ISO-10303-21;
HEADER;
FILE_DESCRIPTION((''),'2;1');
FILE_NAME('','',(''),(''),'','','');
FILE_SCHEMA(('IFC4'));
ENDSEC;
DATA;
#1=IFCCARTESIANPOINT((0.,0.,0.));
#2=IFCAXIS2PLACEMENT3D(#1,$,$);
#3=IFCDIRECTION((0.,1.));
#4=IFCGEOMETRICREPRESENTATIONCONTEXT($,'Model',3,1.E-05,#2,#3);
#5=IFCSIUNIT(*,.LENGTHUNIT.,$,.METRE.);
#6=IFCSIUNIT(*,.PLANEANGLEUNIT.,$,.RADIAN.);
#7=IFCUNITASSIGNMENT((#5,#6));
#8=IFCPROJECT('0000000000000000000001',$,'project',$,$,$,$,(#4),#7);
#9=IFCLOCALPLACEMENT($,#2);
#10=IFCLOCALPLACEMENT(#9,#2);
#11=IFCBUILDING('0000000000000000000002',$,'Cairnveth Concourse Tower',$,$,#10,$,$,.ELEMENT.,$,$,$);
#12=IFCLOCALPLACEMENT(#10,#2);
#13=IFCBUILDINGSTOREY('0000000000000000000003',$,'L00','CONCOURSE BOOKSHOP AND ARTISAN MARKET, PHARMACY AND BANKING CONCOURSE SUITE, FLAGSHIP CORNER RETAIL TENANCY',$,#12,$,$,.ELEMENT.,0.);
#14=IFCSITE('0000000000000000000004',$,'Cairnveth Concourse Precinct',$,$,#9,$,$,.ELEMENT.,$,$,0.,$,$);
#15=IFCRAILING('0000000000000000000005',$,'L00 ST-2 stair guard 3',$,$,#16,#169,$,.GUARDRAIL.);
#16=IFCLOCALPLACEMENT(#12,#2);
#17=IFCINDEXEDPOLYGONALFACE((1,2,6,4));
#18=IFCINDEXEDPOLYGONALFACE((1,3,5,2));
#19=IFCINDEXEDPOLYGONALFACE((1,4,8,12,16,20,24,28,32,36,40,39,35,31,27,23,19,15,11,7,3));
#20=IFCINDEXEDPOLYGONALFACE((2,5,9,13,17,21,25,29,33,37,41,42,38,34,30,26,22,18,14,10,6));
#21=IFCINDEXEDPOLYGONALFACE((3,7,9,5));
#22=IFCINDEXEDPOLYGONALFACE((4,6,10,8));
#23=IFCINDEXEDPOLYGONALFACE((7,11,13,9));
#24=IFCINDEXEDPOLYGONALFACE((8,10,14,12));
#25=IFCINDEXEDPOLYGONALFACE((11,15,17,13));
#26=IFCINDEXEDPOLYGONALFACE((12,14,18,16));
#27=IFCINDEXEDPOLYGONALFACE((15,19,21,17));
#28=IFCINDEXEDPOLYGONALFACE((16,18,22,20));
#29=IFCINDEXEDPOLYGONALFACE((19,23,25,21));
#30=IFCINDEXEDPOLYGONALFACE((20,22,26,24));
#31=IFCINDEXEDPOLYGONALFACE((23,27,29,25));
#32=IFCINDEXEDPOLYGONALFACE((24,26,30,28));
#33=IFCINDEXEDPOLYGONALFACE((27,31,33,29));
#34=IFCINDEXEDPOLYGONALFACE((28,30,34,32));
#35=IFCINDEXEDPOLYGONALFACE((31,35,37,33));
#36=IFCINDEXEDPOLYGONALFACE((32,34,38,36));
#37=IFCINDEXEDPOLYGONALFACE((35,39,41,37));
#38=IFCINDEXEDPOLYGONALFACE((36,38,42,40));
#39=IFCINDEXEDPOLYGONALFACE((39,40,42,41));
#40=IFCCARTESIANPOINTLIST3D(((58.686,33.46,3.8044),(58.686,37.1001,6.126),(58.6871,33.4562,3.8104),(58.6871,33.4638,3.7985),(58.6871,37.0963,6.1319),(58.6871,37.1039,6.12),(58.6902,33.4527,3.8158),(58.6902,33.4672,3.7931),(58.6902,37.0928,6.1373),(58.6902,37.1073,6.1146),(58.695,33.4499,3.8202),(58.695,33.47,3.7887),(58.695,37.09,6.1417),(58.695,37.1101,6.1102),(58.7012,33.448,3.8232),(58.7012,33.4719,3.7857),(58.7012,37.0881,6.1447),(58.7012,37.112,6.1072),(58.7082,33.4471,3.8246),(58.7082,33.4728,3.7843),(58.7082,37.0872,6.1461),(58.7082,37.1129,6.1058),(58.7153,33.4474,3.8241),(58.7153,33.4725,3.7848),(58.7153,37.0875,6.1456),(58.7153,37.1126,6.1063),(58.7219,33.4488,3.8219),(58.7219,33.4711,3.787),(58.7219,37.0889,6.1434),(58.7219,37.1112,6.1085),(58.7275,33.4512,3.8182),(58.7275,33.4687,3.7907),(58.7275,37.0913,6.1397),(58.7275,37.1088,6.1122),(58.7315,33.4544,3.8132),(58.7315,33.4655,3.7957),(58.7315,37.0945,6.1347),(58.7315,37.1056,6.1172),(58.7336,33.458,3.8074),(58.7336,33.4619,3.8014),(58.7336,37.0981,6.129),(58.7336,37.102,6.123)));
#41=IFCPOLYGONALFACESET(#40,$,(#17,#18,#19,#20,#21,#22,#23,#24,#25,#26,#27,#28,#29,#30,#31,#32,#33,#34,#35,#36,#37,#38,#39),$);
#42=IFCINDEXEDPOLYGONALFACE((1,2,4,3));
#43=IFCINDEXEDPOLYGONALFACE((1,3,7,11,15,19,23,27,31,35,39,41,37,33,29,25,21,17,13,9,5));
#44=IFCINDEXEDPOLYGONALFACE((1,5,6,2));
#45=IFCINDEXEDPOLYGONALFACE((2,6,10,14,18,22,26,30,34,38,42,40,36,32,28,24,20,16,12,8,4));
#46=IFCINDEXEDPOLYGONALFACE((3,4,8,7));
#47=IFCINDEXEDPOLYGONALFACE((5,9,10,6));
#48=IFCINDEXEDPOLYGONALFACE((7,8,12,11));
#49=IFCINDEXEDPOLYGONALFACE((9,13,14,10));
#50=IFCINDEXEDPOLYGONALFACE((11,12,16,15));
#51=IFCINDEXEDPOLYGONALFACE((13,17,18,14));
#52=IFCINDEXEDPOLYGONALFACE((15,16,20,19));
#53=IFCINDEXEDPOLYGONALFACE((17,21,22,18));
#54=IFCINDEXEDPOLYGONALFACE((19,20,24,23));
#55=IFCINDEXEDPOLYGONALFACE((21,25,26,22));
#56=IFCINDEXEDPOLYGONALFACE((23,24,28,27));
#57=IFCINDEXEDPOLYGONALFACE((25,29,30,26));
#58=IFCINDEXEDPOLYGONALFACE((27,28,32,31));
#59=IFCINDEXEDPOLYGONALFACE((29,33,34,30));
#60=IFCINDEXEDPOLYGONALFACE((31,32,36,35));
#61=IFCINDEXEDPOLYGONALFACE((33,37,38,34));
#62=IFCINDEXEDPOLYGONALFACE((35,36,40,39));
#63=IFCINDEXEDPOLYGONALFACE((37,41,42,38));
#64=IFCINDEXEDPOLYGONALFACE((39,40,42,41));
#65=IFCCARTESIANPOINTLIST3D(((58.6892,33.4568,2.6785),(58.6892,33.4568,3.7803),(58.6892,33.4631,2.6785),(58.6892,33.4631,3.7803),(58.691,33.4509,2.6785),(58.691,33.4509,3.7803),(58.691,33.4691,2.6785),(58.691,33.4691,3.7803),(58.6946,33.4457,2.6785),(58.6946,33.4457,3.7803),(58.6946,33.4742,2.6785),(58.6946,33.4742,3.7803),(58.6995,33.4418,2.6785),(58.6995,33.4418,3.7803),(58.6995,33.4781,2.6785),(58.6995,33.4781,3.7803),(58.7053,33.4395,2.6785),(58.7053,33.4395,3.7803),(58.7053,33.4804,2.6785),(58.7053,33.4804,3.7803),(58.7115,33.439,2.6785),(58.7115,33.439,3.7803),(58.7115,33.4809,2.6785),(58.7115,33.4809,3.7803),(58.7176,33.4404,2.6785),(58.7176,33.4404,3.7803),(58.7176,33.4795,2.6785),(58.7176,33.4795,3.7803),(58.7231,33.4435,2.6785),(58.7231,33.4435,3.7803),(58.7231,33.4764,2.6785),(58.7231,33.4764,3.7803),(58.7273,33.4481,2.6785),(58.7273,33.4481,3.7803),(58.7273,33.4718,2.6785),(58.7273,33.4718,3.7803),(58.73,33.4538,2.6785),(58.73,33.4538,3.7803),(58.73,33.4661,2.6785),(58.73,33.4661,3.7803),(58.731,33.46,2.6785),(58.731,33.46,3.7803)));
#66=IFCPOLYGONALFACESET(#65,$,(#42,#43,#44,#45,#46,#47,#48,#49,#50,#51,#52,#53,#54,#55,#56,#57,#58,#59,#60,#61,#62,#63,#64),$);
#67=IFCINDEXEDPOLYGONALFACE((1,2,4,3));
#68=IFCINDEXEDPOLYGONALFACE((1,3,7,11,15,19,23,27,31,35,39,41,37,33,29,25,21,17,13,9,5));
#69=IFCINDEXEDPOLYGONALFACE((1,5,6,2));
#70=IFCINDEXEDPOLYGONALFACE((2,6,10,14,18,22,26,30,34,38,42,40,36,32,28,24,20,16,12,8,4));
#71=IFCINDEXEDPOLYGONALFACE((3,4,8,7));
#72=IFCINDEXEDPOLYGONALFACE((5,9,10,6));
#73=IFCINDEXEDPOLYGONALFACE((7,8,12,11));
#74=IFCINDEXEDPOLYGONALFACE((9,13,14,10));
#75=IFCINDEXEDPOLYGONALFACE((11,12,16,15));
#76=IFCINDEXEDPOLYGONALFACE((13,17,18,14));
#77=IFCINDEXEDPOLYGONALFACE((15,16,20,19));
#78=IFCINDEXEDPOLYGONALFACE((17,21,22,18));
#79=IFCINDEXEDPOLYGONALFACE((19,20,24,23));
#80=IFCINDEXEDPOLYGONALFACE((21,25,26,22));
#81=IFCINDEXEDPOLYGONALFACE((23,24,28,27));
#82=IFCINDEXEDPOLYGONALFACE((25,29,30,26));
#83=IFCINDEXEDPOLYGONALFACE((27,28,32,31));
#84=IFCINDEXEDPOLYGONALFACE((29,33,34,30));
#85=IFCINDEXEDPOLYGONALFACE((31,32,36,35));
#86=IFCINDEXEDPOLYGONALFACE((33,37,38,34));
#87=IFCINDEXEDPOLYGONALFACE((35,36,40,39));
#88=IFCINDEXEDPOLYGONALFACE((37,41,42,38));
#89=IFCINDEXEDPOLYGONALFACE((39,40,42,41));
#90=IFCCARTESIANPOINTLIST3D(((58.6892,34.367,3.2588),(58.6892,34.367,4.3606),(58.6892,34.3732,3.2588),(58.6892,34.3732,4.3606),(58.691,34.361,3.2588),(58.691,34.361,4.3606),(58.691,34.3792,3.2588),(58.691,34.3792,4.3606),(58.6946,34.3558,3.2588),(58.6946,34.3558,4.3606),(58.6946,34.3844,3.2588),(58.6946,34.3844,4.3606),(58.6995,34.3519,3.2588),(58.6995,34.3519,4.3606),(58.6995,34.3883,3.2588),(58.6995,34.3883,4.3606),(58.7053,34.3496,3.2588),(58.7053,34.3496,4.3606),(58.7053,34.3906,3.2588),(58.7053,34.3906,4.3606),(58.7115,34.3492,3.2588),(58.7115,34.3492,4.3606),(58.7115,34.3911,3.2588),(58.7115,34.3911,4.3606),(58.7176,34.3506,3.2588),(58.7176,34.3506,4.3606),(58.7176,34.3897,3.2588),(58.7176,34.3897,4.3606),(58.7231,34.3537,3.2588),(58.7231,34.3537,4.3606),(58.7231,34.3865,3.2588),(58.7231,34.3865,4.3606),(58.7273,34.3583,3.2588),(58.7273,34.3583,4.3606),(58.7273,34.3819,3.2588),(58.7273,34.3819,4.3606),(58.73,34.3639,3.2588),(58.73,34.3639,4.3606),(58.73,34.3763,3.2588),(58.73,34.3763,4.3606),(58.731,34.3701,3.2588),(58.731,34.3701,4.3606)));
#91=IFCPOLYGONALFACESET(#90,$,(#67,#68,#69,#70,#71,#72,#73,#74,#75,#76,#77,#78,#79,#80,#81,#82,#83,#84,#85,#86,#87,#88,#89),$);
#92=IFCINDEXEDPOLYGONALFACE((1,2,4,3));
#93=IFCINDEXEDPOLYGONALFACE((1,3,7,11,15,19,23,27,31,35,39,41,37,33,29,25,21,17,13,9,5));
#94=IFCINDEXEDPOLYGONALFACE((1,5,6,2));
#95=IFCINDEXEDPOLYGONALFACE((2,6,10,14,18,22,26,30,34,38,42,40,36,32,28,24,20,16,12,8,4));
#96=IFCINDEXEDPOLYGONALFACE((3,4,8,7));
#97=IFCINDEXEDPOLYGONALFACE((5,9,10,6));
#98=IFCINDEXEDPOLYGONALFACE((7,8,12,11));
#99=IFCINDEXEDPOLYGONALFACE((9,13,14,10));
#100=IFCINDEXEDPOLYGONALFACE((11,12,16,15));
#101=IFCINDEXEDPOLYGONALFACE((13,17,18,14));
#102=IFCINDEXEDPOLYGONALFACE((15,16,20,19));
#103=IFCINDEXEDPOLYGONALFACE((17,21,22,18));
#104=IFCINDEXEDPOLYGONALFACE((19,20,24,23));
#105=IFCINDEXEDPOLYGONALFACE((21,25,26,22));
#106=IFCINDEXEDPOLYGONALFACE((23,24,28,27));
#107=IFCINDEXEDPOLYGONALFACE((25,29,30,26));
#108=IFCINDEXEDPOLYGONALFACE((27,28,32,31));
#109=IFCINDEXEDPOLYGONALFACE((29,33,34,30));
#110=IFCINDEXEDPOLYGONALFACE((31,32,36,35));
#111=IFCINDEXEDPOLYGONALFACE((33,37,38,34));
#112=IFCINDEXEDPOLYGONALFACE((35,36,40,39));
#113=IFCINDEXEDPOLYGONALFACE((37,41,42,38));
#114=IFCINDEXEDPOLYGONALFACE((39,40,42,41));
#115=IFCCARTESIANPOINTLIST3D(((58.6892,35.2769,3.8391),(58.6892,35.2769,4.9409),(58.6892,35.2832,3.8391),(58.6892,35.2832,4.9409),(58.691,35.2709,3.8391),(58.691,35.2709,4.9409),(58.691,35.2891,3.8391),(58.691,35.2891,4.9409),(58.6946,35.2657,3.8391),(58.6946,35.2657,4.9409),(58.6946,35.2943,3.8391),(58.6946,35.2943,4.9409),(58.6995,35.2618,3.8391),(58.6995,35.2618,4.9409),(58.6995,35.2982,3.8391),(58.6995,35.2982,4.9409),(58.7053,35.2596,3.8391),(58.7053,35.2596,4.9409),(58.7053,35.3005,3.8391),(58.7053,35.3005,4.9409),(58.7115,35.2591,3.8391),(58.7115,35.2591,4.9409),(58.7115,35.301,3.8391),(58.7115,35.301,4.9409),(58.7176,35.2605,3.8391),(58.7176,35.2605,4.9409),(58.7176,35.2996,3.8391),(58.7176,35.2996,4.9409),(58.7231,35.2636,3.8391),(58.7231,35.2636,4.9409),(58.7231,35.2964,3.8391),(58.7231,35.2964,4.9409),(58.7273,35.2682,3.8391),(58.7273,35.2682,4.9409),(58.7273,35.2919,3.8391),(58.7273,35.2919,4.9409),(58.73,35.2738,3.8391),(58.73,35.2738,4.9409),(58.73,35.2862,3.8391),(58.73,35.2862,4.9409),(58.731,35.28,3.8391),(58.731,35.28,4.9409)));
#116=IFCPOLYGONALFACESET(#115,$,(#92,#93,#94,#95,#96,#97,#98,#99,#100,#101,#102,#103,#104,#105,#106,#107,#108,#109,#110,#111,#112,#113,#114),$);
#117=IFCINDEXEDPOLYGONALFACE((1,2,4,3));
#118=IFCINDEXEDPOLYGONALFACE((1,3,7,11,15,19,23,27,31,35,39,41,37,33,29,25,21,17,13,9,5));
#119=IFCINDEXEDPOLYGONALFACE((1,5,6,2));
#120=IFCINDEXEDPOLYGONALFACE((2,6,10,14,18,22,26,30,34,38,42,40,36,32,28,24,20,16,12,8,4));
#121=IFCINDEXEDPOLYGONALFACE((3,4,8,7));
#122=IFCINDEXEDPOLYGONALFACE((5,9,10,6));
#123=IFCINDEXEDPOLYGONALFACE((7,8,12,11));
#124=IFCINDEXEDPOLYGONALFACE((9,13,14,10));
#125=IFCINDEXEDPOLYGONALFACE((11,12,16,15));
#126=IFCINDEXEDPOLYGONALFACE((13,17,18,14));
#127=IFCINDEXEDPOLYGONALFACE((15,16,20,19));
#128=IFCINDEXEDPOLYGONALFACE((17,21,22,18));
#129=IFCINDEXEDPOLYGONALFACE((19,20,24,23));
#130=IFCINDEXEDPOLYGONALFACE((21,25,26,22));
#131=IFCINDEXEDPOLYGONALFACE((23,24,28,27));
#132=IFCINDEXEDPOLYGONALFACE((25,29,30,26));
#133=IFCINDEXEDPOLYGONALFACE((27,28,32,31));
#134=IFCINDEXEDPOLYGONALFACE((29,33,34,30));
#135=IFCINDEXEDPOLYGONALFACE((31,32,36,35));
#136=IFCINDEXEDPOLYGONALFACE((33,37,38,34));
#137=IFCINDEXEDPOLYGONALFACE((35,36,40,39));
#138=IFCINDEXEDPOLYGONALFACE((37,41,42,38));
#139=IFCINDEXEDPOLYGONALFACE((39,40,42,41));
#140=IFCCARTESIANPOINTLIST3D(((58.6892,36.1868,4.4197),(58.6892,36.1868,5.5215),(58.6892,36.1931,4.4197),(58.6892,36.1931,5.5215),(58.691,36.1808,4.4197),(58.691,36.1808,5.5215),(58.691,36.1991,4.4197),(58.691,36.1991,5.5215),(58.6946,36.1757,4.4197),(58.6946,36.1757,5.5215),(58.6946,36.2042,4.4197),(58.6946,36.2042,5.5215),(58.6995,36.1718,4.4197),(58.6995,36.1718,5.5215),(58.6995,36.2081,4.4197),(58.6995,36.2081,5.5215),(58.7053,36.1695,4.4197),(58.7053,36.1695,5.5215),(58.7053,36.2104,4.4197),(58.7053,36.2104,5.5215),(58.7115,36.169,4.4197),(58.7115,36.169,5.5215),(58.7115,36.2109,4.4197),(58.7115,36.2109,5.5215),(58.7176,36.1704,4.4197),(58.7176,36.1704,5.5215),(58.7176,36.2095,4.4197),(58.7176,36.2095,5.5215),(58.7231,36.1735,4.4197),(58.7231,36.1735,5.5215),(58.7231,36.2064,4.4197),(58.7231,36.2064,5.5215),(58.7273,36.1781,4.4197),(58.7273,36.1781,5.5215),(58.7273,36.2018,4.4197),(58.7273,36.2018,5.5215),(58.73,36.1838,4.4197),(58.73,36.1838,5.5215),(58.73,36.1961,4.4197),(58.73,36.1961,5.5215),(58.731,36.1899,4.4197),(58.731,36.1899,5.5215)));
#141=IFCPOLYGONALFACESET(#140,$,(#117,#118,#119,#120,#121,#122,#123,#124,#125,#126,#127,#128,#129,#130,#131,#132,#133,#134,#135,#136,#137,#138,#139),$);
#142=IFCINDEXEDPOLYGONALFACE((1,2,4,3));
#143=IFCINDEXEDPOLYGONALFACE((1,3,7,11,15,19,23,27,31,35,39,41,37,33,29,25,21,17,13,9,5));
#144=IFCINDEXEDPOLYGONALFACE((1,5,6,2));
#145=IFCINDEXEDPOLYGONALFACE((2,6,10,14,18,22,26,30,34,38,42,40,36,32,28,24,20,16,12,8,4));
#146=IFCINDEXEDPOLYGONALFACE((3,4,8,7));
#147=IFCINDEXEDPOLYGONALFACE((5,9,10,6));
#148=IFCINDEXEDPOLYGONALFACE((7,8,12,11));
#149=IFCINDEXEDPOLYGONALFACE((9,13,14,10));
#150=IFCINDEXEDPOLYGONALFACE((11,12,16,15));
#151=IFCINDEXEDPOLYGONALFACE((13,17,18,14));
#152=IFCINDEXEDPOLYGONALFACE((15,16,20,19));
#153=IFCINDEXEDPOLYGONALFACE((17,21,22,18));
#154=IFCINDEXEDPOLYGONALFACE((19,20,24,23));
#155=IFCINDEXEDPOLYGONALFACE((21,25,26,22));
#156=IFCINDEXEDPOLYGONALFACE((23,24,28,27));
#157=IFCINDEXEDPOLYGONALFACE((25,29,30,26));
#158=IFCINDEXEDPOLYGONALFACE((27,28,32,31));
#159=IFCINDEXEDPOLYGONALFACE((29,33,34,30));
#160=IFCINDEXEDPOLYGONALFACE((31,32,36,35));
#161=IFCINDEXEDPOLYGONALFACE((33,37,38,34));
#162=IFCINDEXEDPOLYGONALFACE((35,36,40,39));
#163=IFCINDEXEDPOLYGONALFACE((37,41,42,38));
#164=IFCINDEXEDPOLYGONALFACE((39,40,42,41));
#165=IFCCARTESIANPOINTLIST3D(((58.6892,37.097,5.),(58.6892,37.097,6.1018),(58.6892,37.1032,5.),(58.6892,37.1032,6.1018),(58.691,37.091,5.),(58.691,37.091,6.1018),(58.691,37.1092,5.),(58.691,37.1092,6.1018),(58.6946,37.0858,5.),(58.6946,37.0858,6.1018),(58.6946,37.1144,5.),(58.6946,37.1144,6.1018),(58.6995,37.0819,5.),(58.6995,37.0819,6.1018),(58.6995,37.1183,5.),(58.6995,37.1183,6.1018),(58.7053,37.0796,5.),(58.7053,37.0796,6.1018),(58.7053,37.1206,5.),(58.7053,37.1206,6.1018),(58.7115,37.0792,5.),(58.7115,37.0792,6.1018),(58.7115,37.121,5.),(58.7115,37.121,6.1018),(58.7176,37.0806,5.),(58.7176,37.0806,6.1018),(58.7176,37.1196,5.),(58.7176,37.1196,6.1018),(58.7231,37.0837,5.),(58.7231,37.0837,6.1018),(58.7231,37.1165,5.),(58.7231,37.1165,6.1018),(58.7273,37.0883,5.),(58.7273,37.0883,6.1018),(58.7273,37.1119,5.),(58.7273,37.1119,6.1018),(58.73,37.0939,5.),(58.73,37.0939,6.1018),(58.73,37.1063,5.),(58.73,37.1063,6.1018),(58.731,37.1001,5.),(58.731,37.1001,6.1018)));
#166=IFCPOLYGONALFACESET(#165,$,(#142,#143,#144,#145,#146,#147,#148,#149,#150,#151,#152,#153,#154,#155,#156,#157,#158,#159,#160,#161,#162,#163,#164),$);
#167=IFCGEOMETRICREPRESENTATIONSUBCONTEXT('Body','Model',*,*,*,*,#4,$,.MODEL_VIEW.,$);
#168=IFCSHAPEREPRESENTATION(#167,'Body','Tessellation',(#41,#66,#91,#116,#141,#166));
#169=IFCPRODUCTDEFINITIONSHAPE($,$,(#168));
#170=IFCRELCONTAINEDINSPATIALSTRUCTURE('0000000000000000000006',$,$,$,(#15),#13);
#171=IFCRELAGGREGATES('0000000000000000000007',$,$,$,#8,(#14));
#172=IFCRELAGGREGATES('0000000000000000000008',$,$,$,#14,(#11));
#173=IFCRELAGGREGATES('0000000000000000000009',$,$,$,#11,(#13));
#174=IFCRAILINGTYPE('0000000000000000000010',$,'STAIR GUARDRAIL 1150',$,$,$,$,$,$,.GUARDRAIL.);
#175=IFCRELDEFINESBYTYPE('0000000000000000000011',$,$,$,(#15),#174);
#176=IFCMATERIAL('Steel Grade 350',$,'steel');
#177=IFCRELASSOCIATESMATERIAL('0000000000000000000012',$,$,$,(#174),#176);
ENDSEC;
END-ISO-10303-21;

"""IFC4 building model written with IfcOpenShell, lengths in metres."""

from ifc_helpers import new_model, si_unit, direction, frame, origin, origin_2d, place, context, subcontext, project, spatial, circle, extrude, material, type_object, element, save


model = new_model("IFC4")

# Units and contexts
model_context = context("Model", 3, precision=1e-05, world=origin(), true_north=direction((0.0, 1.0)))
body_context = subcontext(model_context, "Body", "Model", "MODEL_VIEW")
ifc_project = project(units=[si_unit("LENGTHUNIT", "METRE"), si_unit("PLANEANGLEUNIT", "RADIAN")], contexts=[model_context])

# Site, building, storey
site_placement = place(None, origin())
site = spatial("IfcSite", under=ifc_project, at=site_placement, Name="Cairnveth Concourse Precinct", CompositionType="ELEMENT", RefElevation=0.0)
building_placement = place(site_placement, origin())
building = spatial("IfcBuilding", under=site, at=building_placement, Name="Cairnveth Concourse Tower", CompositionType="ELEMENT")
storey_placement = place(building_placement, origin())
storey = spatial("IfcBuildingStorey", under=building, at=storey_placement, Name="L00", Description="CONCOURSE BOOKSHOP AND ARTISAN MARKET, PHARMACY AND BANKING CONCOURSE SUITE, FLAGSHIP CORNER RETAIL TENANCY", CompositionType="ELEMENT", Elevation=0.0)

# Shared definitions
ifc_material_1 = material(Name="Steel Grade 350", Category="steel")

# Railing
railing_type_1 = type_object("IfcRailingType", Name="STAIR GUARDRAIL 1150", PredefinedType="GUARDRAIL", material=ifc_material_1)
railing_1_placement = place(storey_placement, frame((58.71, 33.46, 2.6785)))
element("IfcRailing", 1, at=railing_1_placement, inside=storey, type_object=railing_type_1, Name="L00 ST-2 stair guard 3", PredefinedType="GUARDRAIL", context=body_context, shape_type="SweptSolid", body=[
    extrude(circle(Radius=0.0239, at=origin_2d()), frame((0.0, 0.0, 1.126), z_axis=(0.0, 0.843128, 0.537713), x_axis=(-1.0, 0.0, 0.0)), (0.0, 0.0, 1.0), 4.3174),
    extrude(circle(Radius=0.021, at=origin_2d()), origin(), (0.0, 0.0, 1.0), 1.1018),
    extrude(circle(Radius=0.021, at=origin_2d()), frame((0.0, 0.9102, 0.5803)), (0.0, 0.0, 1.0), 1.1018),
    extrude(circle(Radius=0.021, at=origin_2d()), frame((0.0, 1.8201, 1.1606)), (0.0, 0.0, 1.0), 1.1018),
    extrude(circle(Radius=0.021, at=origin_2d()), frame((0.0, 2.73, 1.7412)), (0.0, 0.0, 1.0), 1.1018),
    extrude(circle(Radius=0.021, at=origin_2d()), frame((0.0, 3.6401, 2.3215)), (0.0, 0.0, 1.0), 1.1018),
])

save(model, "model.ifc")
